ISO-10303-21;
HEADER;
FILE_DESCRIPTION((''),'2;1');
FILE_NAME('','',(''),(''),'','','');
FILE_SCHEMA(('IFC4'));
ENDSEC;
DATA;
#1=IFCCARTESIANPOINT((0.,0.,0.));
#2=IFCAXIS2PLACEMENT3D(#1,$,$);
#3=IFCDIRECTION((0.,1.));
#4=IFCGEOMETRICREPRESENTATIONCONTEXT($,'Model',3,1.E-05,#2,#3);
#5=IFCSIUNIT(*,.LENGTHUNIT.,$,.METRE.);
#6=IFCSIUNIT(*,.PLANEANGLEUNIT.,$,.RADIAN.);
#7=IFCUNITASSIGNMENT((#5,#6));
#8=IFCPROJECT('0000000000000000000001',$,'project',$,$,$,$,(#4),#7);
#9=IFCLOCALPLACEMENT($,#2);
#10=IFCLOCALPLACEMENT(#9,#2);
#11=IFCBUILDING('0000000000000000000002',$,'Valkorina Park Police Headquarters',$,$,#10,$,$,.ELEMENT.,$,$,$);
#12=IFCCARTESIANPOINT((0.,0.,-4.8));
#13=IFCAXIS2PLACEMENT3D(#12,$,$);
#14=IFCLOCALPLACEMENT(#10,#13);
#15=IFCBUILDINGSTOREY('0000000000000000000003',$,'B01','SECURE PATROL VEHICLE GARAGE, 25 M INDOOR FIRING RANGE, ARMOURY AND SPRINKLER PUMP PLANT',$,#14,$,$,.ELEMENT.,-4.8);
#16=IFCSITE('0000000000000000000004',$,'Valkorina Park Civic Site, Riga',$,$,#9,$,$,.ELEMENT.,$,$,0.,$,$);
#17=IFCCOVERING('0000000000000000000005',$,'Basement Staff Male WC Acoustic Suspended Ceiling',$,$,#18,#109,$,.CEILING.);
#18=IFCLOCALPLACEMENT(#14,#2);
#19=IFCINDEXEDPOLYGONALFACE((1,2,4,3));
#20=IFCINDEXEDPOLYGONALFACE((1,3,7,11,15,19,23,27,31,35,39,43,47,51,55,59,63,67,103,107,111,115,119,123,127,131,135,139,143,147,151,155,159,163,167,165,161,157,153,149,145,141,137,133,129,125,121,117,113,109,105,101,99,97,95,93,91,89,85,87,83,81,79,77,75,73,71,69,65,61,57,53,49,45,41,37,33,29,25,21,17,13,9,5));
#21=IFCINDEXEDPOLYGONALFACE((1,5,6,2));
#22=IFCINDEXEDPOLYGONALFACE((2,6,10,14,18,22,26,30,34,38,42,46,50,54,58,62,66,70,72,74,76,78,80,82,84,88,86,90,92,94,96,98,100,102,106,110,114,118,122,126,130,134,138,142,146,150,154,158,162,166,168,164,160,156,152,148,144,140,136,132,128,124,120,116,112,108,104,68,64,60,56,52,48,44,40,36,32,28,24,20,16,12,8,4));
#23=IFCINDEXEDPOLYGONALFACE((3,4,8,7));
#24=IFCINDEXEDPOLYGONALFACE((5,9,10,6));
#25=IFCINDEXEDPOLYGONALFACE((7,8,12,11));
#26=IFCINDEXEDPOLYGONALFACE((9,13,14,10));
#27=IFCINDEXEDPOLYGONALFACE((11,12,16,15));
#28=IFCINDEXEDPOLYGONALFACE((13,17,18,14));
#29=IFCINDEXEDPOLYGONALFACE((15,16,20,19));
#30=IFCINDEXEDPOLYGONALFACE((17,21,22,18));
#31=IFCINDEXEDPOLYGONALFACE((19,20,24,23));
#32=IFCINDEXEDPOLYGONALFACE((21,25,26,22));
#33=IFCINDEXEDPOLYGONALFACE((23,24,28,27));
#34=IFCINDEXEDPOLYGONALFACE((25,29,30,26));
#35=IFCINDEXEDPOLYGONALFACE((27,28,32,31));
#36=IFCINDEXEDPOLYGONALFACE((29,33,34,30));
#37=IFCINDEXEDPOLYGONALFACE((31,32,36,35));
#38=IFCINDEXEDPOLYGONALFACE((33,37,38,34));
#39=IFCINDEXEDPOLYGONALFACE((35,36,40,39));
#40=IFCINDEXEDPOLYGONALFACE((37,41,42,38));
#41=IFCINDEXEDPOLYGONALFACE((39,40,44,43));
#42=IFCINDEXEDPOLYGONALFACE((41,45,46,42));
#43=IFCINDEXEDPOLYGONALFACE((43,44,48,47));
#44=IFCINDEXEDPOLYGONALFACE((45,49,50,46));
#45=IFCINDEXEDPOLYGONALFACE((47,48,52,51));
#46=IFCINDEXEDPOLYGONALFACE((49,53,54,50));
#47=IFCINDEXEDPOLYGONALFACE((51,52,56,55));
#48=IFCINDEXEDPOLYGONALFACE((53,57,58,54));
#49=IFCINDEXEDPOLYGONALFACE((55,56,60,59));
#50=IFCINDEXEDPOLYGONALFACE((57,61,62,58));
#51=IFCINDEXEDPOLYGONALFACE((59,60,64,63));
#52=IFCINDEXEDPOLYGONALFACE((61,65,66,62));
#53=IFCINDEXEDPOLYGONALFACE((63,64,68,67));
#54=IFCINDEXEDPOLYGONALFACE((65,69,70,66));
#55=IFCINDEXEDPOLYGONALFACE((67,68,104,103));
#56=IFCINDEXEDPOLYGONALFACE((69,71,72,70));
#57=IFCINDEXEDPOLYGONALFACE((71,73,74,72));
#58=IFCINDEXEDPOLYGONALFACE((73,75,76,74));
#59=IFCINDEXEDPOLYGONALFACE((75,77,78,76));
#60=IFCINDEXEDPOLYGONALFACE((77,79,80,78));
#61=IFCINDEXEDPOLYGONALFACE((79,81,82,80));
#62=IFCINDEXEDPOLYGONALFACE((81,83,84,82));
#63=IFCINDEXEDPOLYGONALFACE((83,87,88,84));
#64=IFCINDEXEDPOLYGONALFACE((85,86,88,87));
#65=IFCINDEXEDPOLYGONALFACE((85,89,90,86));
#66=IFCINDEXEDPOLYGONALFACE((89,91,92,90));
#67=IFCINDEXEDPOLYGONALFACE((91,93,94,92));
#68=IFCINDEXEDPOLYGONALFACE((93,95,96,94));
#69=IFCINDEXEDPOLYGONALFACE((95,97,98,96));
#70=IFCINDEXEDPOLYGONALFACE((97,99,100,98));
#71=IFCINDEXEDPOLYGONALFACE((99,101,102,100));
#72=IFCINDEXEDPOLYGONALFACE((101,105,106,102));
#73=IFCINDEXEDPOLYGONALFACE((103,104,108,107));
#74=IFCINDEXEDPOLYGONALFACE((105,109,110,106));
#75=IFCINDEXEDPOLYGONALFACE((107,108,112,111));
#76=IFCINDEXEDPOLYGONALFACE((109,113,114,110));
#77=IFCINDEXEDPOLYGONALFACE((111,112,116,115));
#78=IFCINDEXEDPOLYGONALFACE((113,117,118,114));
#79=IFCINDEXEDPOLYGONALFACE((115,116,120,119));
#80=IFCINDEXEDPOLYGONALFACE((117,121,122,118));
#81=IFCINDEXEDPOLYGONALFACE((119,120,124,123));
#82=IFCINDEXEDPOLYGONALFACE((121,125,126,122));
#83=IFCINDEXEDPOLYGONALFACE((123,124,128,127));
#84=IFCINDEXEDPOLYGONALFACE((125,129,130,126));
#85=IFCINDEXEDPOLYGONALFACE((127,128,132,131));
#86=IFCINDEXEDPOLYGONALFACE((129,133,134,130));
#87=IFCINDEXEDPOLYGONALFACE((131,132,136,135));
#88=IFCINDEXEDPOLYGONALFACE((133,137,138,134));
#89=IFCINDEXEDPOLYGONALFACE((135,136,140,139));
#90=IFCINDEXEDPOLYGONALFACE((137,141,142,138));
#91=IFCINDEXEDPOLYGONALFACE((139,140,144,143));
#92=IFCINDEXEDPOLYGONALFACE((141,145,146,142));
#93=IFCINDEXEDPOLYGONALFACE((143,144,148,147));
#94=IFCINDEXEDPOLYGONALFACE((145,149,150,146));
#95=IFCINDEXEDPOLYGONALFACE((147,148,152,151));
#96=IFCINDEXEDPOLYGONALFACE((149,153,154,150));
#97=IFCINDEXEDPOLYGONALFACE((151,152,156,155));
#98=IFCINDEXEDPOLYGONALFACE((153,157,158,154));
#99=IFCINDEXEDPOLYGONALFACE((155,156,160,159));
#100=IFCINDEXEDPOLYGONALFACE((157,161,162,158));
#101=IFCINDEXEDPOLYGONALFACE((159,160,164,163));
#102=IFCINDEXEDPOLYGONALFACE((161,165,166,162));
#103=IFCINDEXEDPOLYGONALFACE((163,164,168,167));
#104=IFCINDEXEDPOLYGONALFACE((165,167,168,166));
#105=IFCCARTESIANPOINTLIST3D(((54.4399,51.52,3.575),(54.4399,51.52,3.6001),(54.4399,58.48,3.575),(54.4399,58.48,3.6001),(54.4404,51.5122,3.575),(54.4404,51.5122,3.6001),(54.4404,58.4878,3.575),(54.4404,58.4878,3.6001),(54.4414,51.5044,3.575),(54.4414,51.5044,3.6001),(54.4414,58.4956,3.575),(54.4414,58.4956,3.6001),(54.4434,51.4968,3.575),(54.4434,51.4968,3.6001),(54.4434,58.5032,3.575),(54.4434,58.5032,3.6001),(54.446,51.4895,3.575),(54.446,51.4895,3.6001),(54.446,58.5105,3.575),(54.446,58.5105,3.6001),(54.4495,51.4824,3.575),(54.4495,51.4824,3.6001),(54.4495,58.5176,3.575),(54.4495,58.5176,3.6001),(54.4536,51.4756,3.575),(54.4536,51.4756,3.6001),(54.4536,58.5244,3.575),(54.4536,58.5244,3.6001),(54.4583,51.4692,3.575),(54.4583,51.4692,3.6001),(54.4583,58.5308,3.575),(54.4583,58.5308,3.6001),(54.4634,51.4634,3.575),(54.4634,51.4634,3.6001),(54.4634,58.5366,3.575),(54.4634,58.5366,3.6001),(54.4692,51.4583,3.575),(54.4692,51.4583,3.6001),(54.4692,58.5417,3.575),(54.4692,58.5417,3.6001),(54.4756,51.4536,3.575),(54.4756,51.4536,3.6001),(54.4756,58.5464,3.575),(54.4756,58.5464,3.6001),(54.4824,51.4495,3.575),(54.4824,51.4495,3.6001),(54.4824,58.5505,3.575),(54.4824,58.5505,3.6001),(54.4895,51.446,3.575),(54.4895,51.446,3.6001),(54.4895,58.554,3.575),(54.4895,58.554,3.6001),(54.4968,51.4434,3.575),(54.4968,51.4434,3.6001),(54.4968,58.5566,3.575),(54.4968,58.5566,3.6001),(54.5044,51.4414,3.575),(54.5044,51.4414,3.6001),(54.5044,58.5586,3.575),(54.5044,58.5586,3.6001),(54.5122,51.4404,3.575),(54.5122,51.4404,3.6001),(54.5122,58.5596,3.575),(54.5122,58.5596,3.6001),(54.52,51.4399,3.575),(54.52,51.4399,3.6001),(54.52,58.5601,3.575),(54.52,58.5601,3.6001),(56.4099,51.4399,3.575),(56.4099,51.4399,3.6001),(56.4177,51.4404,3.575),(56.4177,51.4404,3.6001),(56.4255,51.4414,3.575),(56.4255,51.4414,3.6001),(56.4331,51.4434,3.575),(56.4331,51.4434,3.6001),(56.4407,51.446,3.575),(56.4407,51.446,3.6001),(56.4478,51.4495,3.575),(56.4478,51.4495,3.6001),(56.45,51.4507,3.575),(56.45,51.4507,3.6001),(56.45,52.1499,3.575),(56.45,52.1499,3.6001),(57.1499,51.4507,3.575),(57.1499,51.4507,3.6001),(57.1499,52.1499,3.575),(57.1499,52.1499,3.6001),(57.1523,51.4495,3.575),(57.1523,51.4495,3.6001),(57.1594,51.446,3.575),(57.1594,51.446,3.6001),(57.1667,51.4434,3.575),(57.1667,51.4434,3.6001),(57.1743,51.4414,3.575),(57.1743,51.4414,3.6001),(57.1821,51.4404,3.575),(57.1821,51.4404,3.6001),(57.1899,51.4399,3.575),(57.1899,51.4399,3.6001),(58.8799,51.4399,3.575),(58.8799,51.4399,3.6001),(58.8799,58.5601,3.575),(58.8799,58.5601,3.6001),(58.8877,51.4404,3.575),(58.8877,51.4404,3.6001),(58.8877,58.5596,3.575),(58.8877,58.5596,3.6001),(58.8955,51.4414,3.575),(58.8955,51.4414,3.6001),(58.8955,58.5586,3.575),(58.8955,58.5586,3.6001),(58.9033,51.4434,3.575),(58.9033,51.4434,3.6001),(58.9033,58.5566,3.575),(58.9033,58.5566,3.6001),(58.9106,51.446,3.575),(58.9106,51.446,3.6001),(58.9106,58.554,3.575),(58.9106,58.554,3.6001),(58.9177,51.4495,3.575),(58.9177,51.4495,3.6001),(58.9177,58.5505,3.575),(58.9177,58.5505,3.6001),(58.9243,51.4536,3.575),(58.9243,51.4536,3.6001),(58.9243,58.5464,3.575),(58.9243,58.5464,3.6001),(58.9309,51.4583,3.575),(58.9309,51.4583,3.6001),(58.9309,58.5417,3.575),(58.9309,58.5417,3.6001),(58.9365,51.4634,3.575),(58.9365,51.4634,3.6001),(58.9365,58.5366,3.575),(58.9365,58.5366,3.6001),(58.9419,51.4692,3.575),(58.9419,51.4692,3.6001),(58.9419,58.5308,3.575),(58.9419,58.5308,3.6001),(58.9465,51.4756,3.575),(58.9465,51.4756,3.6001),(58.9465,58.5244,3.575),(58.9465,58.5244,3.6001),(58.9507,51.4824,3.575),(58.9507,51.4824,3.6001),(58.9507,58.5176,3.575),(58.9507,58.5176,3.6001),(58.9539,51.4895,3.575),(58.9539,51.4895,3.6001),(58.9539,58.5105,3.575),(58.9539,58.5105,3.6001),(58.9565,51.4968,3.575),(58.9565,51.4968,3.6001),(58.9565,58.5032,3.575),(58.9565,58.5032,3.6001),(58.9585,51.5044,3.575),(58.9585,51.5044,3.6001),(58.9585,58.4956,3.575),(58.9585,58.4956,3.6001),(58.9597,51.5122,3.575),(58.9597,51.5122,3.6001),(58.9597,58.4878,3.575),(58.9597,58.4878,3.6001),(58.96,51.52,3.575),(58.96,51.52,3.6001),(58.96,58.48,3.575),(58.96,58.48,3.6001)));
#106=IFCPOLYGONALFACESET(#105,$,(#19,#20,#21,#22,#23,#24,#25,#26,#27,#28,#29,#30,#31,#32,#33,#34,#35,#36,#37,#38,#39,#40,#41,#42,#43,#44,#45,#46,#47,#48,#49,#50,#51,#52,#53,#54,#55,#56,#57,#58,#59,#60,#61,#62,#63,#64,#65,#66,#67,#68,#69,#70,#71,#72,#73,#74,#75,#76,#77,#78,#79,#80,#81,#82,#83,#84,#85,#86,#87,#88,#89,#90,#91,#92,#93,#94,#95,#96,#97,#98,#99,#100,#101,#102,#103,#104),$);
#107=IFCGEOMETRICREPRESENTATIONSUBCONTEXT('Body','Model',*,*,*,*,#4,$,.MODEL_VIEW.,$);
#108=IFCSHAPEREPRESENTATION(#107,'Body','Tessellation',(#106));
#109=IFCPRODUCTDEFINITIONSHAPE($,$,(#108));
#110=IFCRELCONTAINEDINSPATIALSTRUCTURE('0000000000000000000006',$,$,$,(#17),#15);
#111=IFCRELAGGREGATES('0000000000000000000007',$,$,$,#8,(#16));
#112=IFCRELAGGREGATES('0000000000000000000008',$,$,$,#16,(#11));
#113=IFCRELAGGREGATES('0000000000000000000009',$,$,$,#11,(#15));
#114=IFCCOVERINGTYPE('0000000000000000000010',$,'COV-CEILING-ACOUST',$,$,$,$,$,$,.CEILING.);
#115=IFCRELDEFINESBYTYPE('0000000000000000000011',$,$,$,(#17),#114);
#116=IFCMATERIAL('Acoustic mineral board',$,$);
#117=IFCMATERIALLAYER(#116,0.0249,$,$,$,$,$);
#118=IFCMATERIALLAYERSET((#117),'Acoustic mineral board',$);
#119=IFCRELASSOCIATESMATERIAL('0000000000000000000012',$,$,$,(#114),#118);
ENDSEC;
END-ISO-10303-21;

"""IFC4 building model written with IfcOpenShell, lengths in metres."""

from ifc_helpers import new_model, si_unit, direction, frame, origin, place, context, subcontext, project, spatial, polyline, outline, extrude, material, layer, layer_set, type_object, element, save


model = new_model("IFC4")

# Units and contexts
model_context = context("Model", 3, precision=1e-05, world=origin(), true_north=direction((0.0, 1.0)))
body_context = subcontext(model_context, "Body", "Model", "MODEL_VIEW")
ifc_project = project(units=[si_unit("LENGTHUNIT", "METRE"), si_unit("PLANEANGLEUNIT", "RADIAN")], contexts=[model_context])

# Site, building, storey
site_placement = place(None, origin())
site = spatial("IfcSite", under=ifc_project, at=site_placement, Name="Valkorina Park Civic Site, Riga", CompositionType="ELEMENT", RefElevation=0.0)
building_placement = place(site_placement, origin())
building = spatial("IfcBuilding", under=site, at=building_placement, Name="Valkorina Park Police Headquarters", CompositionType="ELEMENT")
storey_placement = place(building_placement, frame((0.0, 0.0, -4.8)))
storey = spatial("IfcBuildingStorey", under=building, at=storey_placement, Name="B01", Description="SECURE PATROL VEHICLE GARAGE, 25 M INDOOR FIRING RANGE, ARMOURY AND SPRINKLER PUMP PLANT", CompositionType="ELEMENT", Elevation=-4.8)

# Covering
ifc_material_1 = material(Name="Acoustic mineral board")
ifc_layer_1 = layer(ifc_material_1, 0.0249)
ifc_layer_set_1 = layer_set([ifc_layer_1], Name="Acoustic mineral board")
covering_type_1 = type_object("IfcCoveringType", Name="COV-CEILING-ACOUST", PredefinedType="CEILING", material=ifc_layer_set_1)
covering_1_placement = place(storey_placement, frame((0.0, 0.0, 3.575)))
element("IfcCovering", 1, at=covering_1_placement, inside=storey, type_object=covering_type_1, Name="Basement Staff Male WC Acoustic Suspended Ceiling", PredefinedType="CEILING", context=body_context, shape_type="SweptSolid", body=[
    extrude(outline(polyline([(58.9585, 51.5044), (58.9597, 51.5122), (58.96, 51.52), (58.96, 58.48), (58.9597, 58.4878), (58.9585, 58.4956), (58.9565, 58.5032), (58.9539, 58.5105), (58.9507, 58.5176), (58.9465, 58.5244), (58.9419, 58.5308), (58.9365, 58.5366), (58.9309, 58.5417), (58.9243, 58.5464), (58.9177, 58.5505), (58.9106, 58.554), (58.9033, 58.5566), (58.8955, 58.5586), (58.8877, 58.5596), (58.8799, 58.5601), (54.52, 58.5601), (54.5122, 58.5596), (54.5044, 58.5586), (54.4968, 58.5566), (54.4895, 58.554), (54.4824, 58.5505), (54.4756, 58.5464), (54.4692, 58.5417), (54.4634, 58.5366), (54.4583, 58.5308), (54.4536, 58.5244), (54.4495, 58.5176), (54.446, 58.5105), (54.4434, 58.5032), (54.4414, 58.4956), (54.4404, 58.4878), (54.4399, 58.48), (54.4399, 51.52), (54.4404, 51.5122), (54.4414, 51.5044), (54.4434, 51.4968), (54.446, 51.4895), (54.4495, 51.4824), (54.4536, 51.4756), (54.4583, 51.4692), (54.4634, 51.4634), (54.4692, 51.4583), (54.4756, 51.4536), (54.4824, 51.4495), (54.4895, 51.446), (54.4968, 51.4434), (54.5044, 51.4414), (54.5122, 51.4404), (54.52, 51.4399), (56.4099, 51.4399), (56.4177, 51.4404), (56.4255, 51.4414), (56.4331, 51.4434), (56.4407, 51.446), (56.4478, 51.4495), (56.45, 51.4507), (56.45, 52.1499), (57.1499, 52.1499), (57.1499, 51.4507), (57.1523, 51.4495), (57.1594, 51.446), (57.1667, 51.4434), (57.1743, 51.4414), (57.1821, 51.4404), (57.1899, 51.4399), (58.8799, 51.4399), (58.8877, 51.4404), (58.8955, 51.4414), (58.9033, 51.4434), (58.9106, 51.446), (58.9177, 51.4495), (58.9243, 51.4536), (58.9309, 51.4583), (58.9365, 51.4634), (58.9419, 51.4692), (58.9465, 51.4756), (58.9507, 51.4824), (58.9539, 51.4895), (58.9565, 51.4968), (58.9585, 51.5044)])), origin(), (0.0, 0.0, 1.0), 0.0251),
])

save(model, "model.ifc")
